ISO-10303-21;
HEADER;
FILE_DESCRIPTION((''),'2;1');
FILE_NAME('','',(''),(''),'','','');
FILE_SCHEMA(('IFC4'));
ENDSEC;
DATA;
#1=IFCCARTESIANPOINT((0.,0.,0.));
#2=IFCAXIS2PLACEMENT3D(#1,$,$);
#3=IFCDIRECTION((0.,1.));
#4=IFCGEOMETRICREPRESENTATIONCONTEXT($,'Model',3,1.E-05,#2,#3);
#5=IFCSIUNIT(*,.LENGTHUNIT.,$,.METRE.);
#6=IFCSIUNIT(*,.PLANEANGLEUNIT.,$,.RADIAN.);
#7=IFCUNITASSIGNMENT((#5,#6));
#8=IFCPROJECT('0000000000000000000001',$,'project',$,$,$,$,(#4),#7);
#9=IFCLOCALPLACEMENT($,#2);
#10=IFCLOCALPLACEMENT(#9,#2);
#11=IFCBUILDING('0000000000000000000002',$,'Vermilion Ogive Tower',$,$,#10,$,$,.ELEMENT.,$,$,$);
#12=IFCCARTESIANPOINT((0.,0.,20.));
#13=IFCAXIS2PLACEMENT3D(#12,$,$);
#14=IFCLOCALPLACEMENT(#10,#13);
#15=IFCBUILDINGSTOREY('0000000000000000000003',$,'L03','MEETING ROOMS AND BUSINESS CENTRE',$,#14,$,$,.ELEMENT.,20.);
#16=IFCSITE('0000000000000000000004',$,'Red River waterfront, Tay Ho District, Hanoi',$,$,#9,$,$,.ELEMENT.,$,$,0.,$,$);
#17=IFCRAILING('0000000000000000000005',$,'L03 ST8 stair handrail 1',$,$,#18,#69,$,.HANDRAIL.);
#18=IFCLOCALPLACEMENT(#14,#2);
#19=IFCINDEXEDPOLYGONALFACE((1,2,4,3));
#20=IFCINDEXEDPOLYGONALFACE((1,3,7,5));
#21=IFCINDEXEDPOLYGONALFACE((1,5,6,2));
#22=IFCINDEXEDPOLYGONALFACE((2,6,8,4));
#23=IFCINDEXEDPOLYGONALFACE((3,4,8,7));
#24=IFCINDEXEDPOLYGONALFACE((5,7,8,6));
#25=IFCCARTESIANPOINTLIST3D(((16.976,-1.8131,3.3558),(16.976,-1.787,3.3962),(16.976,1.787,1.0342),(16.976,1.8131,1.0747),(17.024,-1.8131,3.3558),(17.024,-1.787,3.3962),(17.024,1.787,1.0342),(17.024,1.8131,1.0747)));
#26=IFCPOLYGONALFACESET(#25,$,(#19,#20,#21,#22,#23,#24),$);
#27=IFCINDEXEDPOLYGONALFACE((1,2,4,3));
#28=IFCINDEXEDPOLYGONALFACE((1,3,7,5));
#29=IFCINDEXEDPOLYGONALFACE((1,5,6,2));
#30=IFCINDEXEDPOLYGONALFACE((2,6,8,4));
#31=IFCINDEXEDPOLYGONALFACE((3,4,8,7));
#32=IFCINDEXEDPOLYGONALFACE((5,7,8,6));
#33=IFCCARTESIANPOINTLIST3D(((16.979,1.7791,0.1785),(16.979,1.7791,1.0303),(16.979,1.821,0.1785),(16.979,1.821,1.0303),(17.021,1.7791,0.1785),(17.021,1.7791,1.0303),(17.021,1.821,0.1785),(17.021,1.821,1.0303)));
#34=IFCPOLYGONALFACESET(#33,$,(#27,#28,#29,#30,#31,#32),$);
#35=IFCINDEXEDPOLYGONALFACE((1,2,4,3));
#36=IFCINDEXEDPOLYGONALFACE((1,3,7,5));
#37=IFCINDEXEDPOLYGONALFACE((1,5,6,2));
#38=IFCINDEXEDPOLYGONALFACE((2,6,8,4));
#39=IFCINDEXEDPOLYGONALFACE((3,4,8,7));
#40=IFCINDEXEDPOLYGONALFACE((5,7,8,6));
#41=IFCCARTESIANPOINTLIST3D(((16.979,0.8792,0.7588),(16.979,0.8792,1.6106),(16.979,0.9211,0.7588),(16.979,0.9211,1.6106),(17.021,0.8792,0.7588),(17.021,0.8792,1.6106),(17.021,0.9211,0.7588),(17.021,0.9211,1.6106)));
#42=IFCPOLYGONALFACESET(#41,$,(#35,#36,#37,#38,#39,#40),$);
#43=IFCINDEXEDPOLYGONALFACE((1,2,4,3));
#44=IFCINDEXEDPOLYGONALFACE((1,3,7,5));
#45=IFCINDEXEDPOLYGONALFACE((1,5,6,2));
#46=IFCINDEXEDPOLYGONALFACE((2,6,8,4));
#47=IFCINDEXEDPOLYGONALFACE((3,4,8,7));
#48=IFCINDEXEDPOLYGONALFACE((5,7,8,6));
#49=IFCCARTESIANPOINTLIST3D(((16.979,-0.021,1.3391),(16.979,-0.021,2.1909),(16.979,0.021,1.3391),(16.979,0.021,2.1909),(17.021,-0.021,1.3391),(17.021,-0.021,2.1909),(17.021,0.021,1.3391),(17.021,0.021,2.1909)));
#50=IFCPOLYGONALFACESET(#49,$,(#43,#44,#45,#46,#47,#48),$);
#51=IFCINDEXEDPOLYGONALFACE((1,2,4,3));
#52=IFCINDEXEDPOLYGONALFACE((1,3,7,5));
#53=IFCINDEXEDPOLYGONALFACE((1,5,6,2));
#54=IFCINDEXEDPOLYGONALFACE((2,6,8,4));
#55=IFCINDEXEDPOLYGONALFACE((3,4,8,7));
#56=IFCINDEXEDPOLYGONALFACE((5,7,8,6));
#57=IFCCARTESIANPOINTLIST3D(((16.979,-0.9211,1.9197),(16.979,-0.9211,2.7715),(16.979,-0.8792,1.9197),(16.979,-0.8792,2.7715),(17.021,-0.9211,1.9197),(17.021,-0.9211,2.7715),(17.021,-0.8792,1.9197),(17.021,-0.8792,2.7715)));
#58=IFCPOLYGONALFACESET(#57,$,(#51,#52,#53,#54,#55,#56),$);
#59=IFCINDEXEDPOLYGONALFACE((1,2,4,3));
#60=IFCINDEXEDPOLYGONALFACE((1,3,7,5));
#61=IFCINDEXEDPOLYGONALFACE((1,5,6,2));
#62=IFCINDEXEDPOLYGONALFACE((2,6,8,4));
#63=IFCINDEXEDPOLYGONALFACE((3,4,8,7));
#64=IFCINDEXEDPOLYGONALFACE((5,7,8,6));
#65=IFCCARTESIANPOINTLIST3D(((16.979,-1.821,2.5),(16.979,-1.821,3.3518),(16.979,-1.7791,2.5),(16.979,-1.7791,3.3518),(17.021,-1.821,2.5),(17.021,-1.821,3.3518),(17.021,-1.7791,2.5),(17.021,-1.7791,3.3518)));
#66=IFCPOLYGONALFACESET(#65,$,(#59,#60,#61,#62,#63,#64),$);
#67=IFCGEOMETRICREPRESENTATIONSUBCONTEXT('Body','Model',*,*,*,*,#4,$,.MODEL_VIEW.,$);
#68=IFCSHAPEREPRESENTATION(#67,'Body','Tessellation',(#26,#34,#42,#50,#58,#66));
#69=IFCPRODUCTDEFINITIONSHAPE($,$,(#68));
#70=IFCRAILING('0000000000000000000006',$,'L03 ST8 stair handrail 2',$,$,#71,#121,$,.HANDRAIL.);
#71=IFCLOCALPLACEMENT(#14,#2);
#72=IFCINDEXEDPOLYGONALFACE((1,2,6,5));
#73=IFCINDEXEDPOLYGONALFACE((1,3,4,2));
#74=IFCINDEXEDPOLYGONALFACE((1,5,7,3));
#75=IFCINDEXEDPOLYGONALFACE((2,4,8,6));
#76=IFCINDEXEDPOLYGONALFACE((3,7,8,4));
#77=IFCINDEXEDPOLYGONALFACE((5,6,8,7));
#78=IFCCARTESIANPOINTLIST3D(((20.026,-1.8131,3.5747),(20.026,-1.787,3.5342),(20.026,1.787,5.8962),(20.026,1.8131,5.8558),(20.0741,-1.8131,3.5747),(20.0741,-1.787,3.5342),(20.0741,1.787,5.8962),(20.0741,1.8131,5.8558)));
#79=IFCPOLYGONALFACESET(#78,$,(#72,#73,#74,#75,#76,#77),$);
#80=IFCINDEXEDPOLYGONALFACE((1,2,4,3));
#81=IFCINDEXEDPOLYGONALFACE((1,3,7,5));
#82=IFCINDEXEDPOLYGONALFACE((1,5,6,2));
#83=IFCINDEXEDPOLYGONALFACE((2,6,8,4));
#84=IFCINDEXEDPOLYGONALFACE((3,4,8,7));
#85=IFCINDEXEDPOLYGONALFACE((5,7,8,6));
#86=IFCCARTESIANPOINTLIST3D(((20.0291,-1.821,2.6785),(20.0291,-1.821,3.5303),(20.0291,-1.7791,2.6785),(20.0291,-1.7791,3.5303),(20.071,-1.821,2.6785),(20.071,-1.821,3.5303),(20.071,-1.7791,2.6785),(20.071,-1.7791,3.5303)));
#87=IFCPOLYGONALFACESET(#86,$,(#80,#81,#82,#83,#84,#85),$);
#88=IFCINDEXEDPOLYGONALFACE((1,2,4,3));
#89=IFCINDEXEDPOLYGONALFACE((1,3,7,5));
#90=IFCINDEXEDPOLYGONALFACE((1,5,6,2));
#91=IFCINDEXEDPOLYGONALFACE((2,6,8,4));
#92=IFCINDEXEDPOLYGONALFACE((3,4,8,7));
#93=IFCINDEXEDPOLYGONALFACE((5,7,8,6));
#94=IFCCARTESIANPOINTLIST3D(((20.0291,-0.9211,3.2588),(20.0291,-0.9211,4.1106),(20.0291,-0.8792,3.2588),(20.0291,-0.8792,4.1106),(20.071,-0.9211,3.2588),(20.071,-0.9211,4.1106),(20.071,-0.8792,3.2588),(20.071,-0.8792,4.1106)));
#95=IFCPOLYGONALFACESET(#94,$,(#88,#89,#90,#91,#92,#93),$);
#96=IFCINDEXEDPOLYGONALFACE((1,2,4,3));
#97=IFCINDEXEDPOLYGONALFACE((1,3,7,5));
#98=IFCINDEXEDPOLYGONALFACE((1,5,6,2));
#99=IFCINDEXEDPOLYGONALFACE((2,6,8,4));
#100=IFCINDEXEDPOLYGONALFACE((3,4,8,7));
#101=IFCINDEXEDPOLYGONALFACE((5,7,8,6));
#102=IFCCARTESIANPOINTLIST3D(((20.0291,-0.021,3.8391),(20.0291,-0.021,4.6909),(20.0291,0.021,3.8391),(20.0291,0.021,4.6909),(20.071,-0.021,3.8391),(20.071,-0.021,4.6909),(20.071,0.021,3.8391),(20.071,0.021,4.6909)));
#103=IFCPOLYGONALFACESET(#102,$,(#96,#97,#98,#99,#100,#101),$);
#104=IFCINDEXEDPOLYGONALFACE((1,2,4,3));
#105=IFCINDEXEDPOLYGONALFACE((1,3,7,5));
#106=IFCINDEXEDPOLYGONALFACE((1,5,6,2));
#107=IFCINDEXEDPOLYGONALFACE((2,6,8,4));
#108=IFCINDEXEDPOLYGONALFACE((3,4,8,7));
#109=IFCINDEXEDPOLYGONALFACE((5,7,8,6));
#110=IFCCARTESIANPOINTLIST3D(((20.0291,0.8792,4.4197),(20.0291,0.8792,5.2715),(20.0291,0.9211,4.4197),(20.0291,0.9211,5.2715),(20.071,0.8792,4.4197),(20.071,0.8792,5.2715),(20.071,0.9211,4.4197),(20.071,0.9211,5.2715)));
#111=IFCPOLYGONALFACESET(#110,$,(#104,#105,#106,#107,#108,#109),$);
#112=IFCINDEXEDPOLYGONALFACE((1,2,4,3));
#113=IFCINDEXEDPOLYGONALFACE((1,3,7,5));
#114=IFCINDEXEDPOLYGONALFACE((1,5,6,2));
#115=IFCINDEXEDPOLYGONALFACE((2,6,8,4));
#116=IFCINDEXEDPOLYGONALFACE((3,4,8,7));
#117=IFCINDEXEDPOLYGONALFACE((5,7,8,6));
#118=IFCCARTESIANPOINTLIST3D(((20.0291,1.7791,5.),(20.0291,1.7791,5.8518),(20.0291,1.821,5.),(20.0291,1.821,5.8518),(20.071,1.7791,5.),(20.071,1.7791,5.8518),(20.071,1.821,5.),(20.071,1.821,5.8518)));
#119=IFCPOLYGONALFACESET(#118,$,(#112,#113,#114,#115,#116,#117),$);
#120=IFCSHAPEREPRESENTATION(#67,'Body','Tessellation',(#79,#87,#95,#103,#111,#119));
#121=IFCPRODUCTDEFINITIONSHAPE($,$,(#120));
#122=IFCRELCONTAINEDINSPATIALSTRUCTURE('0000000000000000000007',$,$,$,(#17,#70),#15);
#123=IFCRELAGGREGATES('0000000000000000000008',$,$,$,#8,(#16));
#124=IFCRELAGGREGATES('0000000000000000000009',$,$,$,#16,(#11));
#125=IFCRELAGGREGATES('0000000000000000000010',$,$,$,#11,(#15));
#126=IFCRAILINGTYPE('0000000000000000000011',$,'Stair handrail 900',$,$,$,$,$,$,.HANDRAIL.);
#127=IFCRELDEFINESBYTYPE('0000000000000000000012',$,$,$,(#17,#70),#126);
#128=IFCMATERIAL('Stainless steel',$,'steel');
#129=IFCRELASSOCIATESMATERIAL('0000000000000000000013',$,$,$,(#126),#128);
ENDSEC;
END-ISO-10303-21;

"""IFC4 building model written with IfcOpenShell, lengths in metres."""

from ifc_helpers import new_model, si_unit, direction, frame, origin, origin_2d, place, context, subcontext, project, spatial, rectangle, extrude, material, type_object, element, save


model = new_model("IFC4")

# Units and contexts
model_context = context("Model", 3, precision=1e-05, world=origin(), true_north=direction((0.0, 1.0)))
body_context = subcontext(model_context, "Body", "Model", "MODEL_VIEW")
ifc_project = project(units=[si_unit("LENGTHUNIT", "METRE"), si_unit("PLANEANGLEUNIT", "RADIAN")], contexts=[model_context])

# Site, building, storey
site_placement = place(None, origin())
site = spatial("IfcSite", under=ifc_project, at=site_placement, Name="Red River waterfront, Tay Ho District, Hanoi", CompositionType="ELEMENT", RefElevation=0.0)
building_placement = place(site_placement, origin())
building = spatial("IfcBuilding", under=site, at=building_placement, Name="Vermilion Ogive Tower", CompositionType="ELEMENT")
storey_placement = place(building_placement, frame((0.0, 0.0, 20.0)))
storey = spatial("IfcBuildingStorey", under=building, at=storey_placement, Name="L03", Description="MEETING ROOMS AND BUSINESS CENTRE", CompositionType="ELEMENT", Elevation=20.0)

# Railings
ifc_material_1 = material(Name="Stainless steel", Category="steel")
railing_type_1 = type_object("IfcRailingType", Name="Stair handrail 900", PredefinedType="HANDRAIL", material=ifc_material_1)
railing_1_placement = place(storey_placement, frame((17.0, 1.8, 0.1785)))
element("IfcRailing", 1, at=railing_1_placement, inside=storey, type_object=railing_type_1, Name="L03 ST8 stair handrail 1", PredefinedType="HANDRAIL", context=body_context, shape_type="SweptSolid", body=[
    extrude(rectangle(XDim=0.0481, YDim=0.0481, at=origin_2d()), frame((0.0, 0.0, 0.876), z_axis=(0.0, -0.840415, 0.541944), x_axis=(1.0, 0.0, 0.0)), (0.0, 0.0, 1.0), 4.2837),
    extrude(rectangle(XDim=0.042, YDim=0.042, at=origin_2d()), origin(), (0.0, 0.0, 1.0), 0.8518),
    extrude(rectangle(XDim=0.042, YDim=0.042, at=origin_2d()), frame((0.0, -0.8999, 0.5803)), (0.0, 0.0, 1.0), 0.8518),
    extrude(rectangle(XDim=0.042, YDim=0.042, at=origin_2d()), frame((0.0, -1.8, 1.1606)), (0.0, 0.0, 1.0), 0.8518),
    extrude(rectangle(XDim=0.042, YDim=0.042, at=origin_2d()), frame((0.0, -2.7002, 1.7412)), (0.0, 0.0, 1.0), 0.8518),
    extrude(rectangle(XDim=0.042, YDim=0.042, at=origin_2d()), frame((0.0, -3.6001, 2.3215)), (0.0, 0.0, 1.0), 0.8518),
])
railing_2_placement = place(storey_placement, frame((20.05, -1.8, 2.6785)))
element("IfcRailing", 2, at=railing_2_placement, inside=storey, type_object=railing_type_1, Name="L03 ST8 stair handrail 2", PredefinedType="HANDRAIL", context=body_context, shape_type="SweptSolid", body=[
    extrude(rectangle(XDim=0.0481, YDim=0.0481, at=origin_2d()), frame((0.0, 0.0, 0.876), z_axis=(0.0, 0.840415, 0.541944), x_axis=(-1.0, 0.0, 0.0)), (0.0, 0.0, 1.0), 4.2837),
    extrude(rectangle(XDim=0.042, YDim=0.042, at=origin_2d()), origin(), (0.0, 0.0, 1.0), 0.8518),
    extrude(rectangle(XDim=0.042, YDim=0.042, at=origin_2d()), frame((0.0, 0.8999, 0.5803)), (0.0, 0.0, 1.0), 0.8518),
    extrude(rectangle(XDim=0.042, YDim=0.042, at=origin_2d()), frame((0.0, 1.8, 1.1606)), (0.0, 0.0, 1.0), 0.8518),
    extrude(rectangle(XDim=0.042, YDim=0.042, at=origin_2d()), frame((0.0, 2.7002, 1.7412)), (0.0, 0.0, 1.0), 0.8518),
    extrude(rectangle(XDim=0.042, YDim=0.042, at=origin_2d()), frame((0.0, 3.6001, 2.3215)), (0.0, 0.0, 1.0), 0.8518),
])

save(model, "model.ifc")
